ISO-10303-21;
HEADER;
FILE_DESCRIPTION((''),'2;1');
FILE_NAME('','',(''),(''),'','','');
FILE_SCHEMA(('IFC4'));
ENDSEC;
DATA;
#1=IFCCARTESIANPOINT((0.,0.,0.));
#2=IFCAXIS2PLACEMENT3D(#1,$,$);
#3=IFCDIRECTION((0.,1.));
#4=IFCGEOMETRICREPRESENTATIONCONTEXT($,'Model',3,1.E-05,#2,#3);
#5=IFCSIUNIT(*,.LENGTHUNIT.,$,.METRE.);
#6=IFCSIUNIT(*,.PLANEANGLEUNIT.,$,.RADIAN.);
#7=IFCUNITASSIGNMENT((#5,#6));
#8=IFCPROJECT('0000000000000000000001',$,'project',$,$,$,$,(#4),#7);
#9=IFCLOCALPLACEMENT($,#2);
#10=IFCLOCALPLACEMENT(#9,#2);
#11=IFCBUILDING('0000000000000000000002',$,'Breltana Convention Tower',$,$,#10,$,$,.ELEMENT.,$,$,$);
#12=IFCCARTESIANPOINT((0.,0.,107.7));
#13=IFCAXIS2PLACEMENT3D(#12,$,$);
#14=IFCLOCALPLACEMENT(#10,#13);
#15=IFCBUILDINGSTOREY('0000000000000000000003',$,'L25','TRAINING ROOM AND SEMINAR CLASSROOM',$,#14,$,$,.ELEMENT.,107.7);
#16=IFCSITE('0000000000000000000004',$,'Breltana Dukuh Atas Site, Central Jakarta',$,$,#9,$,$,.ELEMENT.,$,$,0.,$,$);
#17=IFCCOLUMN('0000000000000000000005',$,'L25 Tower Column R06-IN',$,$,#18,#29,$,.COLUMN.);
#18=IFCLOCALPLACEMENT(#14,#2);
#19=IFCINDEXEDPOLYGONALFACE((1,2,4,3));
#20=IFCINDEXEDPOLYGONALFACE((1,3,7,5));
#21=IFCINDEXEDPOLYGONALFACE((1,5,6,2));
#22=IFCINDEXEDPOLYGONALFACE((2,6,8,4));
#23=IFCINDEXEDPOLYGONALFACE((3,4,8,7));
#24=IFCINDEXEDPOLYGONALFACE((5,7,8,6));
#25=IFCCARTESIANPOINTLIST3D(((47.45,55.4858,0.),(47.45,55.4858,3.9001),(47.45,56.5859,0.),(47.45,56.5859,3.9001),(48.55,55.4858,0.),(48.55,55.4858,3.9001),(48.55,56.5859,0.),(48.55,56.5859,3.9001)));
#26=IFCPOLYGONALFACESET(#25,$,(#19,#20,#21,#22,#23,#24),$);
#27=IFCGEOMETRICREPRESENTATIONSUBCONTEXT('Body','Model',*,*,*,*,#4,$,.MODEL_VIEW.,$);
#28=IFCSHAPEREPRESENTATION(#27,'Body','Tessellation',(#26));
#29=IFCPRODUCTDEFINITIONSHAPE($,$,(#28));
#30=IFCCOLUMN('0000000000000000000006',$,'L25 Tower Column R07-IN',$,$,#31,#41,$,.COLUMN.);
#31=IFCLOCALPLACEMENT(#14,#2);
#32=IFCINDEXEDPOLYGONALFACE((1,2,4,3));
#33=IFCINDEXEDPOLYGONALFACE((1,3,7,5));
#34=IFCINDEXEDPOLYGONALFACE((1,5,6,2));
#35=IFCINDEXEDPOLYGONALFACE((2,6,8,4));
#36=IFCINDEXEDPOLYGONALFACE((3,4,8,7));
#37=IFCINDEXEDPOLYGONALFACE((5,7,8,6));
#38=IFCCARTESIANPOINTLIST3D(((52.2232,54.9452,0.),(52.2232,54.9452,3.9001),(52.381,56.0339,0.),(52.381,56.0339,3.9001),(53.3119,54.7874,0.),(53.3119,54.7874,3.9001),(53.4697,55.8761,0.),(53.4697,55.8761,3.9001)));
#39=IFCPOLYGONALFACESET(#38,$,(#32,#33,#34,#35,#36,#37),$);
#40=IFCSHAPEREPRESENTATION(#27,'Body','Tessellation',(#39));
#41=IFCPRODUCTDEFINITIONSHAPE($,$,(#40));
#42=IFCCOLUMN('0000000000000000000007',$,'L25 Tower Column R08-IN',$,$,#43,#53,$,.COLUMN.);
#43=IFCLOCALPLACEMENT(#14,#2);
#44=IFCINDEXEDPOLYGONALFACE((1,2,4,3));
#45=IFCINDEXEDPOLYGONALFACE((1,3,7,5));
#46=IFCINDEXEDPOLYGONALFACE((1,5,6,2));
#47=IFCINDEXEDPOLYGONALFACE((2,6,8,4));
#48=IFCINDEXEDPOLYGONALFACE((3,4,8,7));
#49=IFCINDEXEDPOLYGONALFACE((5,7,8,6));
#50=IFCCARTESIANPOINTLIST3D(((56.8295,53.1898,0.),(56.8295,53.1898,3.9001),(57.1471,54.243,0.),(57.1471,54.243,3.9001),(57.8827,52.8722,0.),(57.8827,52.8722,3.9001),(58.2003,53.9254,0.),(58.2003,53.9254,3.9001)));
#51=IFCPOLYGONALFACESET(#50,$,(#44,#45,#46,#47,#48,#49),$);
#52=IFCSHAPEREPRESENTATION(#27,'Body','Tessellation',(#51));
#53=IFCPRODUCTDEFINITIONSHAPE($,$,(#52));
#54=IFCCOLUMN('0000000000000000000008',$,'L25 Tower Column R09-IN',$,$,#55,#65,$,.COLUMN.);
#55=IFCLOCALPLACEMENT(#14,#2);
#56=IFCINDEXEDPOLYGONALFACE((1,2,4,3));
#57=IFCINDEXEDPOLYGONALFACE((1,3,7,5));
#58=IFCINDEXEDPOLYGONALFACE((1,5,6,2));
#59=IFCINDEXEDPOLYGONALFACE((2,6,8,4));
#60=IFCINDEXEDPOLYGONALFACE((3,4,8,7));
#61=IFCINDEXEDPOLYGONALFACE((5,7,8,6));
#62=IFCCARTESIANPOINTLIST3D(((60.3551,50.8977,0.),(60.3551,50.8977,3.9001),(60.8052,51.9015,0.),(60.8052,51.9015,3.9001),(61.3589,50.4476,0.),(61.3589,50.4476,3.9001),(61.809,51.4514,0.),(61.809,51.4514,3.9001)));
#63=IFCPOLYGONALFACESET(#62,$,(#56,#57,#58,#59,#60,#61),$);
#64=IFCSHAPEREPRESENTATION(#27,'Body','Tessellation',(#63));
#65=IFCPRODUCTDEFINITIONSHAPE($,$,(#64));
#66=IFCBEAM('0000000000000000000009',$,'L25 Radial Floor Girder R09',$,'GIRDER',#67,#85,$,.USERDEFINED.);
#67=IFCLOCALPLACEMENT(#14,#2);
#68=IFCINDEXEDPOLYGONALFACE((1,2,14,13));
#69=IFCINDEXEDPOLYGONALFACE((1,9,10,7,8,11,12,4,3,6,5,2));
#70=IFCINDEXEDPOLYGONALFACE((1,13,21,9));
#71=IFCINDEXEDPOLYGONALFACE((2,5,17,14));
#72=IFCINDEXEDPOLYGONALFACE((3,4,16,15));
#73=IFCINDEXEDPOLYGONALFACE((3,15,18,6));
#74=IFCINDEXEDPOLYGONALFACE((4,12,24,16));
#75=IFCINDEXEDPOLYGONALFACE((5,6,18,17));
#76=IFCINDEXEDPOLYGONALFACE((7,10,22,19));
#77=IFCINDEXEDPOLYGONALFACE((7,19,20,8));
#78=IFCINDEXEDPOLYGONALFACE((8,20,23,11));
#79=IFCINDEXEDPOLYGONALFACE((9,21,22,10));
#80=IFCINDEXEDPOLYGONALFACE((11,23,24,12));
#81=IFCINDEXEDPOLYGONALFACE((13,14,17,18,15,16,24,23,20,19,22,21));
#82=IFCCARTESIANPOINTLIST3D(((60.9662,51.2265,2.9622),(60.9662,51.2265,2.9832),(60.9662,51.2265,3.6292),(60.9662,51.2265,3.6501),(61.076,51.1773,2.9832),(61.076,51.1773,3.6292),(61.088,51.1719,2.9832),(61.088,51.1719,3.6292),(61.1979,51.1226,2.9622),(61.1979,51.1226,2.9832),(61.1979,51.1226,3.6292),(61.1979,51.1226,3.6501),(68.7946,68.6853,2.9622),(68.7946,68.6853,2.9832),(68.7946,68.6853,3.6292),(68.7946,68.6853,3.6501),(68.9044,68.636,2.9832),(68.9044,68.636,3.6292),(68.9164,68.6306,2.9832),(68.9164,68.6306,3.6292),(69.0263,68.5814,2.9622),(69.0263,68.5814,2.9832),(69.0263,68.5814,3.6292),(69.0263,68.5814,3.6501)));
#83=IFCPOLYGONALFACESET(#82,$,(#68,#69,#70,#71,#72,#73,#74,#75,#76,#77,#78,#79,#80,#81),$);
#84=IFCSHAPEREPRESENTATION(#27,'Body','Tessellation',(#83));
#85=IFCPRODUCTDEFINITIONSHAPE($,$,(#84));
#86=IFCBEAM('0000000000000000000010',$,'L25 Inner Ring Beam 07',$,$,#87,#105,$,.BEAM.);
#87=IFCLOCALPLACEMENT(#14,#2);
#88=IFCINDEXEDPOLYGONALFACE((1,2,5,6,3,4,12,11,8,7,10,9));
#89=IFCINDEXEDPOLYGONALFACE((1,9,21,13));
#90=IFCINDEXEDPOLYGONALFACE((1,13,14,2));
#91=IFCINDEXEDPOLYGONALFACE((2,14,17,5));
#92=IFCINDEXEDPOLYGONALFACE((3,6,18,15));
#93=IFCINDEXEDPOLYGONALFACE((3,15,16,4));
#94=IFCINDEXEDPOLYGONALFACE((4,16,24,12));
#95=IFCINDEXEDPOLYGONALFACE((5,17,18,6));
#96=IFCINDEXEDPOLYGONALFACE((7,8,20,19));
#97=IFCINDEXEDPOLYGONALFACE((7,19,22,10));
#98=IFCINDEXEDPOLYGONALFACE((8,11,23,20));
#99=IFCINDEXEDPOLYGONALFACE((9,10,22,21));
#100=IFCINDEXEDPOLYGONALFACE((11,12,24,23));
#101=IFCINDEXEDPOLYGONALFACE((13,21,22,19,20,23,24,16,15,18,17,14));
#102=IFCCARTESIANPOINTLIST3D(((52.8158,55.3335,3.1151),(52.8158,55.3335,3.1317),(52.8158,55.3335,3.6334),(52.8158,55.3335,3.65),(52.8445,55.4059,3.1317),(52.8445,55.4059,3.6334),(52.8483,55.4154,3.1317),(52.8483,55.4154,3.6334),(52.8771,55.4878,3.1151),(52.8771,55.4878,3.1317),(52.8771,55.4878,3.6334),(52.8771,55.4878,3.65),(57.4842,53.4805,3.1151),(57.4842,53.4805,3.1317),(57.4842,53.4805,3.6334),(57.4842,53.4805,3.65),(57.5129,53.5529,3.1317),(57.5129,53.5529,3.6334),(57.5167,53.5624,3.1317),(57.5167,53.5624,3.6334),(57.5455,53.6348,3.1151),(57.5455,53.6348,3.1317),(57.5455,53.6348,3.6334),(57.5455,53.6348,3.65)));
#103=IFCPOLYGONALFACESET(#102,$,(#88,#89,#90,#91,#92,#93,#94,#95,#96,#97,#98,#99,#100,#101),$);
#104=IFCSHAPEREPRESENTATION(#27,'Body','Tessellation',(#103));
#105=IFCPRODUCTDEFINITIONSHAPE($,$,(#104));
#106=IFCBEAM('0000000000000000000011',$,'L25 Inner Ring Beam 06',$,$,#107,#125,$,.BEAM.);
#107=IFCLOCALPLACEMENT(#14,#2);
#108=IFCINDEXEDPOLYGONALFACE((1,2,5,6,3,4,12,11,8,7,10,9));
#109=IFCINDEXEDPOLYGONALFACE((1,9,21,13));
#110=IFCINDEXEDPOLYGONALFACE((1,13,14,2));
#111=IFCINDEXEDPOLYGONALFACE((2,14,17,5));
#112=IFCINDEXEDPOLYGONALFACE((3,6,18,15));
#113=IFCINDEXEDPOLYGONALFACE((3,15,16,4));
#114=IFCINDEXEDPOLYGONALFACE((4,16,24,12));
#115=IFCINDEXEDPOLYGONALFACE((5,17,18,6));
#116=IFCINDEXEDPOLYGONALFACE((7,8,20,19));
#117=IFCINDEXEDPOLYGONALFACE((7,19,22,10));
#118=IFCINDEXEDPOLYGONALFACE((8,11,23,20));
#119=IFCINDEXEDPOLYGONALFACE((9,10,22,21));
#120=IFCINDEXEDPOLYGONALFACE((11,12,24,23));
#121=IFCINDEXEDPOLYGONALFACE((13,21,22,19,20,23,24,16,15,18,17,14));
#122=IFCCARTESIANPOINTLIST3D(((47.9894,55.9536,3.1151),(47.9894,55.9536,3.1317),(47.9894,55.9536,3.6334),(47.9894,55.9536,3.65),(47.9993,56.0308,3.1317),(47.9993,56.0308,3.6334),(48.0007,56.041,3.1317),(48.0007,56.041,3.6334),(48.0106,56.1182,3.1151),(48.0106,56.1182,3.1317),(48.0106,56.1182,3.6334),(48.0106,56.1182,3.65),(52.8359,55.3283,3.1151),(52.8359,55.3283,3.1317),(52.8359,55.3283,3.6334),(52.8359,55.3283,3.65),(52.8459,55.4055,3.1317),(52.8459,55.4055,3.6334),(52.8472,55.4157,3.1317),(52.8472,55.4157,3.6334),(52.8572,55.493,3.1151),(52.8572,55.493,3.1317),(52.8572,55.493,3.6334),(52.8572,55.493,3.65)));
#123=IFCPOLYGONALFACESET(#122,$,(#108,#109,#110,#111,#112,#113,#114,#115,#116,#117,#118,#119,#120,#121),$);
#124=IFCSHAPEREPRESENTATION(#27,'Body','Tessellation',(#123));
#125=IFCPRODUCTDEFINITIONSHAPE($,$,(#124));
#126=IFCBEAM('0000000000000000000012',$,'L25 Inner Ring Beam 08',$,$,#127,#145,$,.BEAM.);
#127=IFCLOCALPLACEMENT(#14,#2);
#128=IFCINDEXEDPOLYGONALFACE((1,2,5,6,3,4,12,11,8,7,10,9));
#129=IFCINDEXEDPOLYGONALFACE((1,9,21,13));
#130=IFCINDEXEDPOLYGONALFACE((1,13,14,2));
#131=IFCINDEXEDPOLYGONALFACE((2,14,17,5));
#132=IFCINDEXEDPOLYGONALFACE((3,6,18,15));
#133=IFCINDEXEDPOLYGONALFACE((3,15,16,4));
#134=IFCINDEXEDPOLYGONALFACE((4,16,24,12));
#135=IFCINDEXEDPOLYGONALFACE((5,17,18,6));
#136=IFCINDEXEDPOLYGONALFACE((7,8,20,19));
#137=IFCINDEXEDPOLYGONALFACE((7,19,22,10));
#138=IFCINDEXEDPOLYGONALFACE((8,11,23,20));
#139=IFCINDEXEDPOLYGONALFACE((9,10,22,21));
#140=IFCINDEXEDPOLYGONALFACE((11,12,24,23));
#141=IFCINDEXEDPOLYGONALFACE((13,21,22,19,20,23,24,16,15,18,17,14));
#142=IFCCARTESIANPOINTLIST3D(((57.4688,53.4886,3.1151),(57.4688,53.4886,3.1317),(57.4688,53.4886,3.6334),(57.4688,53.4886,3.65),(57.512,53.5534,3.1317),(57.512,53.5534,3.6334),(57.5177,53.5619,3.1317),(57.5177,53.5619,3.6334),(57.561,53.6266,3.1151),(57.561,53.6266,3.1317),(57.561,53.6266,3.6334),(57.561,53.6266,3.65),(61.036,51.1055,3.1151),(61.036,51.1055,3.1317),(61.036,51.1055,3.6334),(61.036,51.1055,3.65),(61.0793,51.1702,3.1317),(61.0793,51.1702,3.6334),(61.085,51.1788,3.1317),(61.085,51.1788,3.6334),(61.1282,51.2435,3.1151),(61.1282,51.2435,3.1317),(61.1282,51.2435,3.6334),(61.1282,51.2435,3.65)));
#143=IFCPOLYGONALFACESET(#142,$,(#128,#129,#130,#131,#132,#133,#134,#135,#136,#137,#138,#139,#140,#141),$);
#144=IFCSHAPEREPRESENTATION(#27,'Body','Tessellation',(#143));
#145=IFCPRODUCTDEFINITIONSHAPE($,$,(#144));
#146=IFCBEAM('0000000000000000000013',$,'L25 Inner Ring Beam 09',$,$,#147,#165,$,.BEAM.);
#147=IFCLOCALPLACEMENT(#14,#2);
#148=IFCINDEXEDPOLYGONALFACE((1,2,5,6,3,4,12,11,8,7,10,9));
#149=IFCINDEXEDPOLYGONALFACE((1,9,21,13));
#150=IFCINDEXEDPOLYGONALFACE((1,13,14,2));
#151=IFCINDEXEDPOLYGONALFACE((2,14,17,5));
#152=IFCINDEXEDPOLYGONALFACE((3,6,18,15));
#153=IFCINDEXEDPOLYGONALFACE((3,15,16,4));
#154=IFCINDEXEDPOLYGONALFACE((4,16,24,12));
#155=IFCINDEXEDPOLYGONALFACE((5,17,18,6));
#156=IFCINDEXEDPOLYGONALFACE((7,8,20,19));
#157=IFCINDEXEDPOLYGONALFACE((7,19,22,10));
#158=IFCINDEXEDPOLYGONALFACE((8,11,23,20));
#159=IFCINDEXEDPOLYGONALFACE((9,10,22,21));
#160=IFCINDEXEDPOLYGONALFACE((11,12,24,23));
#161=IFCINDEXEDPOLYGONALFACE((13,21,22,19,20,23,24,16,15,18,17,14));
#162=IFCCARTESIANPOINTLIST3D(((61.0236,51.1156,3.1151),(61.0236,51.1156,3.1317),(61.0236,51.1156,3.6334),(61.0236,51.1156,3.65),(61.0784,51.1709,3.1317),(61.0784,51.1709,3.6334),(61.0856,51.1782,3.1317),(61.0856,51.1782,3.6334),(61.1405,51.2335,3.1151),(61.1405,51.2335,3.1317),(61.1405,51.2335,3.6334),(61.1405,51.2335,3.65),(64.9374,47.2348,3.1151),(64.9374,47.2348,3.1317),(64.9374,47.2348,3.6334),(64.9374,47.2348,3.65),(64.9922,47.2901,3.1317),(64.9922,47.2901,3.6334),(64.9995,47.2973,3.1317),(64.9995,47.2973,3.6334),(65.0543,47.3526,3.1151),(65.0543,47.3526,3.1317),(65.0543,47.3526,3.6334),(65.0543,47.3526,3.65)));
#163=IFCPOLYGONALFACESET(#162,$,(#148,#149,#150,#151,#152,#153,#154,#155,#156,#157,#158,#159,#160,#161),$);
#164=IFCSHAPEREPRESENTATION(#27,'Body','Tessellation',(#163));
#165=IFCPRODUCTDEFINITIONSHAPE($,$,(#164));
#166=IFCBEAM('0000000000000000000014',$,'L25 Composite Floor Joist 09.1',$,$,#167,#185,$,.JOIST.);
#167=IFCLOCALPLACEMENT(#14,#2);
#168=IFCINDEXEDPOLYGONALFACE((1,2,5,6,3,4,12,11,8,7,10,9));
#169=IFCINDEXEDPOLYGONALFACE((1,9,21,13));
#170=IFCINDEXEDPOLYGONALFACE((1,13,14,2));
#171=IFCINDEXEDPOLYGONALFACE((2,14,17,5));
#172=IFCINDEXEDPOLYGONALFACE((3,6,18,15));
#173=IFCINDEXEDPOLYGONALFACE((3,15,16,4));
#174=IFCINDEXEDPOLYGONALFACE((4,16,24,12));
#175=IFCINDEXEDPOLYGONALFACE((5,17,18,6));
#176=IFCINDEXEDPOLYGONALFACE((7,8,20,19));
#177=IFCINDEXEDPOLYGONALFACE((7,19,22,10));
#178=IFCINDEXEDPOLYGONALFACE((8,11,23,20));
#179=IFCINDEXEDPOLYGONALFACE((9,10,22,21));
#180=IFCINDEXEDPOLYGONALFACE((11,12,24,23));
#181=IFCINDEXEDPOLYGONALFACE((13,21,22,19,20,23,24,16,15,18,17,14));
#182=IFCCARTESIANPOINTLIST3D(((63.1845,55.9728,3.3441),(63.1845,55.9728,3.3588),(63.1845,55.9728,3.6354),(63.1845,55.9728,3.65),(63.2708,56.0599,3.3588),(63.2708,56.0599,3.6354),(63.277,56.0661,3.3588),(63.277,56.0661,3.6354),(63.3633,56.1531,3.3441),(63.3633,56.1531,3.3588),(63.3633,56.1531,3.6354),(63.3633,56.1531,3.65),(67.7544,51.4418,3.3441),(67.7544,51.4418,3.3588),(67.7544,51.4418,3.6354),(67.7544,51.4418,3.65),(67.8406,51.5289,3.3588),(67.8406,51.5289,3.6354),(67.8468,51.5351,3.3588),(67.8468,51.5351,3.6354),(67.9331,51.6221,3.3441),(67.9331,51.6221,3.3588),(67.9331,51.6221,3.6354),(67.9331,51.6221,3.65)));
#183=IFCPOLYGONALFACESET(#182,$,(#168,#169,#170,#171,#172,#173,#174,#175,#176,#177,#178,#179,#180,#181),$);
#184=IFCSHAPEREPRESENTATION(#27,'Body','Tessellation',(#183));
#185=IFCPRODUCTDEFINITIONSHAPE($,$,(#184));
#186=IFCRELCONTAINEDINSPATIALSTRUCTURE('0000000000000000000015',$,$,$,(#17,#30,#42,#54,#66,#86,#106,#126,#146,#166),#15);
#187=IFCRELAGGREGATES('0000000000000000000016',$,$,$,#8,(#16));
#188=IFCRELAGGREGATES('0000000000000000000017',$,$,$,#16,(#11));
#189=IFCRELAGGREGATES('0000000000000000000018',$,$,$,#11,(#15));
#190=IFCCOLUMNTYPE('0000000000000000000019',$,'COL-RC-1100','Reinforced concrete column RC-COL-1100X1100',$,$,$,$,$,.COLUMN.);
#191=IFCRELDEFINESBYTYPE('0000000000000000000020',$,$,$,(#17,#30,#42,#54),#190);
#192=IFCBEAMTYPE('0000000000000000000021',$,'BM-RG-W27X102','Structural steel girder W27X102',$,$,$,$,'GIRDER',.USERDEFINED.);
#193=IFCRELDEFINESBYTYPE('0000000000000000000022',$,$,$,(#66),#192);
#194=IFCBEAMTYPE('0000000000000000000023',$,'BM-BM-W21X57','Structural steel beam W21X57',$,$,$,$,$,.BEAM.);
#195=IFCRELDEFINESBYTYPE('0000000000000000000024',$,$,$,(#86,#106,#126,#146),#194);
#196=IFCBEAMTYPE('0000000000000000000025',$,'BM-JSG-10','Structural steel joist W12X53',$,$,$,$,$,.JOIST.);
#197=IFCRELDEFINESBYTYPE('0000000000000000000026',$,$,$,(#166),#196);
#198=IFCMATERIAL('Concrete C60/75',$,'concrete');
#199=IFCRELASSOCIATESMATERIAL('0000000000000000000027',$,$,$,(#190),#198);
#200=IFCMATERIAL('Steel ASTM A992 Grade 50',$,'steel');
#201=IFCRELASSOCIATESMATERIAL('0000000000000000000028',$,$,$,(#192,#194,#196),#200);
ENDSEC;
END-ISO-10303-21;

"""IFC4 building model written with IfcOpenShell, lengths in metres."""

from ifc_helpers import new_model, si_unit, direction, frame, origin, origin_2d, place, context, subcontext, project, spatial, rectangle, i_section, extrude, source, transform, mapped, material, material_profile, profile_set, type_object, element, save


model = new_model("IFC4")

# Units and contexts
model_context = context("Model", 3, precision=1e-05, world=origin(), true_north=direction((0.0, 1.0)))
body_context = subcontext(model_context, "Body", "Model", "MODEL_VIEW")
ifc_project = project(units=[si_unit("LENGTHUNIT", "METRE"), si_unit("PLANEANGLEUNIT", "RADIAN")], contexts=[model_context])

# Site, building, storey
site_placement = place(None, origin())
site = spatial("IfcSite", under=ifc_project, at=site_placement, Name="Breltana Dukuh Atas Site, Central Jakarta", CompositionType="ELEMENT", RefElevation=0.0)
building_placement = place(site_placement, origin())
building = spatial("IfcBuilding", under=site, at=building_placement, Name="Breltana Convention Tower", CompositionType="ELEMENT")
storey_placement = place(building_placement, frame((0.0, 0.0, 107.7)))
storey = spatial("IfcBuildingStorey", under=building, at=storey_placement, Name="L25", Description="TRAINING ROOM AND SEMINAR CLASSROOM", CompositionType="ELEMENT", Elevation=107.7)

# Columns
ifc_material_1 = material(Name="Concrete C60/75", Category="concrete")
ifc_material_profile_1 = material_profile(ifc_material_1, rectangle(XDim=1.1001, YDim=1.1001, at=origin_2d()), Name="RC-COL-1100X1100")
ifc_profile_set_1 = profile_set([ifc_material_profile_1], Name="Concrete C60/75")
column_type = type_object("IfcColumnType", Name="COL-RC-1100", Description="Reinforced concrete column RC-COL-1100X1100", PredefinedType="COLUMN", material=ifc_profile_set_1)
shared_shape_1 = source(origin(), body_context, "Body", "SweptSolid", [
    extrude(rectangle(XDim=1.1001, YDim=1.1001, at=origin_2d()), origin(), (0.0, 0.0, 1.0), 3.9001),
])
for number, where, z_axis, x_axis, name in (
    (1, (48.0, 56.0359, 0.0), (0.0, 0.0, 1.0), (0.0, 1.0, 0.0), "L25 Tower Column R06-IN"),
    (2, (52.8464, 55.4106, 0.0), (0.0, 0.0, 1.0), (0.143493, 0.989651, 0.0), "L25 Tower Column R07-IN"),
    (3, (57.5149, 53.5576, 0.0), (0.0, 0.0, 1.0), (0.288698, 0.95742, 0.0), "L25 Tower Column R08-IN"),
    (4, (61.082, 51.1746, 0.0), (0.0, 0.0, 1.0), (0.409127, 0.912477, 0.0), "L25 Tower Column R09-IN"),
):
    element("IfcColumn", number, at=place(storey_placement, frame(where, z_axis=z_axis, x_axis=x_axis)), inside=storey, type_object=column_type, Name=name, PredefinedType="COLUMN", context=body_context, shape_type="MappedRepresentation", body=[
        mapped(shared_shape_1, transform((0.0, 0.0, 0.0), scale=1.0)),
    ])

# Beams
ifc_material_2 = material(Name="Steel ASTM A992 Grade 50", Category="steel")
ifc_material_profile_2 = material_profile(ifc_material_2, i_section(OverallWidth=0.2539, OverallDepth=0.688, WebThickness=0.0132, FlangeThickness=0.021, at=origin_2d()), Name="W27X102")
ifc_profile_set_2 = profile_set([ifc_material_profile_2], Name="Steel ASTM A992 Grade 50")
beam_type_1 = type_object("IfcBeamType", Name="BM-RG-W27X102", Description="Structural steel girder W27X102", ElementType="GIRDER", PredefinedType="USERDEFINED", material=ifc_profile_set_2)
shared_shape_2 = source(origin(), body_context, "Body", "SweptSolid", [
    extrude(i_section(OverallWidth=0.2539, OverallDepth=0.688, WebThickness=0.0132, FlangeThickness=0.021, at=origin_2d()), origin(), (0.0, 0.0, 1.0), 19.1335),
])
beam_1_placement = place(storey_placement, frame((61.082, 51.1746, 3.3062), z_axis=(0.409145, 0.91247, 0.0), x_axis=(-0.91247, 0.409145, 0.0)))
element("IfcBeam", 5, at=beam_1_placement, inside=storey, type_object=beam_type_1, Name="L25 Radial Floor Girder R09", ObjectType="GIRDER", PredefinedType="USERDEFINED", context=body_context, shape_type="MappedRepresentation", body=[
    mapped(shared_shape_2, transform((0.0, 0.0, 0.0), scale=1.0)),
])
ifc_material_profile_3 = material_profile(ifc_material_2, i_section(OverallWidth=0.166, OverallDepth=0.5349, WebThickness=0.0103, FlangeThickness=0.0166, at=origin_2d()), Name="W21X57")
ifc_profile_set_3 = profile_set([ifc_material_profile_3], Name="Steel ASTM A992 Grade 50")
beam_type_2 = type_object("IfcBeamType", Name="BM-BM-W21X57", Description="Structural steel beam W21X57", PredefinedType="BEAM", material=ifc_profile_set_3)
shared_shape_3 = source(origin(), body_context, "Body", "SweptSolid", [
    extrude(i_section(OverallWidth=0.166, OverallDepth=0.5349, WebThickness=0.0103, FlangeThickness=0.0166, at=origin_2d()), origin(), (0.0, 0.0, 1.0), 5.0227),
])
beam_2_placement = place(storey_placement, frame((52.8464, 55.4106, 3.3826), z_axis=(0.929459, -0.368926, 0.0), x_axis=(0.368926, 0.929459, 0.0)))
element("IfcBeam", 6, at=beam_2_placement, inside=storey, type_object=beam_type_2, Name="L25 Inner Ring Beam 07", PredefinedType="BEAM", context=body_context, shape_type="MappedRepresentation", body=[
    mapped(shared_shape_3, transform((0.0, 0.0, 0.0), scale=1.0)),
])
shared_shape_4 = source(origin(), body_context, "Body", "SweptSolid", [
    extrude(i_section(OverallWidth=0.166, OverallDepth=0.5349, WebThickness=0.0103, FlangeThickness=0.0166, at=origin_2d()), origin(), (0.0, 0.0, 1.0), 4.8867),
])
beam_3_placement = place(storey_placement, frame((48.0, 56.0359, 3.3826), z_axis=(0.991781, -0.127951, 0.0), x_axis=(0.127951, 0.991781, 0.0)))
element("IfcBeam", 7, at=beam_3_placement, inside=storey, type_object=beam_type_2, Name="L25 Inner Ring Beam 06", PredefinedType="BEAM", context=body_context, shape_type="MappedRepresentation", body=[
    mapped(shared_shape_4, transform((0.0, 0.0, 0.0), scale=1.0)),
])
shared_shape_5 = source(origin(), body_context, "Body", "SweptSolid", [
    extrude(i_section(OverallWidth=0.166, OverallDepth=0.5349, WebThickness=0.0103, FlangeThickness=0.0166, at=origin_2d()), origin(), (0.0, 0.0, 1.0), 4.29),
])
beam_4_placement = place(storey_placement, frame((57.5149, 53.5576, 3.3826), z_axis=(0.831516, -0.555501, 0.0), x_axis=(0.555501, 0.831516, 0.0)))
element("IfcBeam", 8, at=beam_4_placement, inside=storey, type_object=beam_type_2, Name="L25 Inner Ring Beam 08", PredefinedType="BEAM", context=body_context, shape_type="MappedRepresentation", body=[
    mapped(shared_shape_5, transform((0.0, 0.0, 0.0), scale=1.0)),
])
shared_shape_6 = source(origin(), body_context, "Body", "SweptSolid", [
    extrude(i_section(OverallWidth=0.166, OverallDepth=0.5349, WebThickness=0.0103, FlangeThickness=0.0166, at=origin_2d()), origin(), (0.0, 0.0, 1.0), 5.5117),
])
beam_5_placement = place(storey_placement, frame((61.082, 51.1746, 3.3826), z_axis=(0.71009, -0.704111, 0.0), x_axis=(0.704111, 0.71009, 0.0)))
element("IfcBeam", 9, at=beam_5_placement, inside=storey, type_object=beam_type_2, Name="L25 Inner Ring Beam 09", PredefinedType="BEAM", context=body_context, shape_type="MappedRepresentation", body=[
    mapped(shared_shape_6, transform((0.0, 0.0, 0.0), scale=1.0)),
])
ifc_material_profile_4 = material_profile(ifc_material_2, i_section(OverallWidth=0.2539, OverallDepth=0.3059, WebThickness=0.0088, FlangeThickness=0.0146, at=origin_2d()), Name="W12X53")
ifc_profile_set_4 = profile_set([ifc_material_profile_4], Name="Steel ASTM A992 Grade 50")
beam_type_3 = type_object("IfcBeamType", Name="BM-JSG-10", Description="Structural steel joist W12X53", PredefinedType="JOIST", material=ifc_profile_set_4)
shared_shape_7 = source(origin(), body_context, "Body", "SweptSolid", [
    extrude(i_section(OverallWidth=0.2539, OverallDepth=0.3059, WebThickness=0.0088, FlangeThickness=0.0146, at=origin_2d()), origin(), (0.0, 0.0, 1.0), 6.4353),
])
beam_6_placement = place(storey_placement, frame((63.2739, 56.063, 3.4971), z_axis=(0.710116, -0.704084, 0.0), x_axis=(0.704084, 0.710116, 0.0)))
element("IfcBeam", 10, at=beam_6_placement, inside=storey, type_object=beam_type_3, Name="L25 Composite Floor Joist 09.1", PredefinedType="JOIST", context=body_context, shape_type="MappedRepresentation", body=[
    mapped(shared_shape_7, transform((0.0, 0.0, 0.0), scale=1.0)),
])

save(model, "model.ifc")
